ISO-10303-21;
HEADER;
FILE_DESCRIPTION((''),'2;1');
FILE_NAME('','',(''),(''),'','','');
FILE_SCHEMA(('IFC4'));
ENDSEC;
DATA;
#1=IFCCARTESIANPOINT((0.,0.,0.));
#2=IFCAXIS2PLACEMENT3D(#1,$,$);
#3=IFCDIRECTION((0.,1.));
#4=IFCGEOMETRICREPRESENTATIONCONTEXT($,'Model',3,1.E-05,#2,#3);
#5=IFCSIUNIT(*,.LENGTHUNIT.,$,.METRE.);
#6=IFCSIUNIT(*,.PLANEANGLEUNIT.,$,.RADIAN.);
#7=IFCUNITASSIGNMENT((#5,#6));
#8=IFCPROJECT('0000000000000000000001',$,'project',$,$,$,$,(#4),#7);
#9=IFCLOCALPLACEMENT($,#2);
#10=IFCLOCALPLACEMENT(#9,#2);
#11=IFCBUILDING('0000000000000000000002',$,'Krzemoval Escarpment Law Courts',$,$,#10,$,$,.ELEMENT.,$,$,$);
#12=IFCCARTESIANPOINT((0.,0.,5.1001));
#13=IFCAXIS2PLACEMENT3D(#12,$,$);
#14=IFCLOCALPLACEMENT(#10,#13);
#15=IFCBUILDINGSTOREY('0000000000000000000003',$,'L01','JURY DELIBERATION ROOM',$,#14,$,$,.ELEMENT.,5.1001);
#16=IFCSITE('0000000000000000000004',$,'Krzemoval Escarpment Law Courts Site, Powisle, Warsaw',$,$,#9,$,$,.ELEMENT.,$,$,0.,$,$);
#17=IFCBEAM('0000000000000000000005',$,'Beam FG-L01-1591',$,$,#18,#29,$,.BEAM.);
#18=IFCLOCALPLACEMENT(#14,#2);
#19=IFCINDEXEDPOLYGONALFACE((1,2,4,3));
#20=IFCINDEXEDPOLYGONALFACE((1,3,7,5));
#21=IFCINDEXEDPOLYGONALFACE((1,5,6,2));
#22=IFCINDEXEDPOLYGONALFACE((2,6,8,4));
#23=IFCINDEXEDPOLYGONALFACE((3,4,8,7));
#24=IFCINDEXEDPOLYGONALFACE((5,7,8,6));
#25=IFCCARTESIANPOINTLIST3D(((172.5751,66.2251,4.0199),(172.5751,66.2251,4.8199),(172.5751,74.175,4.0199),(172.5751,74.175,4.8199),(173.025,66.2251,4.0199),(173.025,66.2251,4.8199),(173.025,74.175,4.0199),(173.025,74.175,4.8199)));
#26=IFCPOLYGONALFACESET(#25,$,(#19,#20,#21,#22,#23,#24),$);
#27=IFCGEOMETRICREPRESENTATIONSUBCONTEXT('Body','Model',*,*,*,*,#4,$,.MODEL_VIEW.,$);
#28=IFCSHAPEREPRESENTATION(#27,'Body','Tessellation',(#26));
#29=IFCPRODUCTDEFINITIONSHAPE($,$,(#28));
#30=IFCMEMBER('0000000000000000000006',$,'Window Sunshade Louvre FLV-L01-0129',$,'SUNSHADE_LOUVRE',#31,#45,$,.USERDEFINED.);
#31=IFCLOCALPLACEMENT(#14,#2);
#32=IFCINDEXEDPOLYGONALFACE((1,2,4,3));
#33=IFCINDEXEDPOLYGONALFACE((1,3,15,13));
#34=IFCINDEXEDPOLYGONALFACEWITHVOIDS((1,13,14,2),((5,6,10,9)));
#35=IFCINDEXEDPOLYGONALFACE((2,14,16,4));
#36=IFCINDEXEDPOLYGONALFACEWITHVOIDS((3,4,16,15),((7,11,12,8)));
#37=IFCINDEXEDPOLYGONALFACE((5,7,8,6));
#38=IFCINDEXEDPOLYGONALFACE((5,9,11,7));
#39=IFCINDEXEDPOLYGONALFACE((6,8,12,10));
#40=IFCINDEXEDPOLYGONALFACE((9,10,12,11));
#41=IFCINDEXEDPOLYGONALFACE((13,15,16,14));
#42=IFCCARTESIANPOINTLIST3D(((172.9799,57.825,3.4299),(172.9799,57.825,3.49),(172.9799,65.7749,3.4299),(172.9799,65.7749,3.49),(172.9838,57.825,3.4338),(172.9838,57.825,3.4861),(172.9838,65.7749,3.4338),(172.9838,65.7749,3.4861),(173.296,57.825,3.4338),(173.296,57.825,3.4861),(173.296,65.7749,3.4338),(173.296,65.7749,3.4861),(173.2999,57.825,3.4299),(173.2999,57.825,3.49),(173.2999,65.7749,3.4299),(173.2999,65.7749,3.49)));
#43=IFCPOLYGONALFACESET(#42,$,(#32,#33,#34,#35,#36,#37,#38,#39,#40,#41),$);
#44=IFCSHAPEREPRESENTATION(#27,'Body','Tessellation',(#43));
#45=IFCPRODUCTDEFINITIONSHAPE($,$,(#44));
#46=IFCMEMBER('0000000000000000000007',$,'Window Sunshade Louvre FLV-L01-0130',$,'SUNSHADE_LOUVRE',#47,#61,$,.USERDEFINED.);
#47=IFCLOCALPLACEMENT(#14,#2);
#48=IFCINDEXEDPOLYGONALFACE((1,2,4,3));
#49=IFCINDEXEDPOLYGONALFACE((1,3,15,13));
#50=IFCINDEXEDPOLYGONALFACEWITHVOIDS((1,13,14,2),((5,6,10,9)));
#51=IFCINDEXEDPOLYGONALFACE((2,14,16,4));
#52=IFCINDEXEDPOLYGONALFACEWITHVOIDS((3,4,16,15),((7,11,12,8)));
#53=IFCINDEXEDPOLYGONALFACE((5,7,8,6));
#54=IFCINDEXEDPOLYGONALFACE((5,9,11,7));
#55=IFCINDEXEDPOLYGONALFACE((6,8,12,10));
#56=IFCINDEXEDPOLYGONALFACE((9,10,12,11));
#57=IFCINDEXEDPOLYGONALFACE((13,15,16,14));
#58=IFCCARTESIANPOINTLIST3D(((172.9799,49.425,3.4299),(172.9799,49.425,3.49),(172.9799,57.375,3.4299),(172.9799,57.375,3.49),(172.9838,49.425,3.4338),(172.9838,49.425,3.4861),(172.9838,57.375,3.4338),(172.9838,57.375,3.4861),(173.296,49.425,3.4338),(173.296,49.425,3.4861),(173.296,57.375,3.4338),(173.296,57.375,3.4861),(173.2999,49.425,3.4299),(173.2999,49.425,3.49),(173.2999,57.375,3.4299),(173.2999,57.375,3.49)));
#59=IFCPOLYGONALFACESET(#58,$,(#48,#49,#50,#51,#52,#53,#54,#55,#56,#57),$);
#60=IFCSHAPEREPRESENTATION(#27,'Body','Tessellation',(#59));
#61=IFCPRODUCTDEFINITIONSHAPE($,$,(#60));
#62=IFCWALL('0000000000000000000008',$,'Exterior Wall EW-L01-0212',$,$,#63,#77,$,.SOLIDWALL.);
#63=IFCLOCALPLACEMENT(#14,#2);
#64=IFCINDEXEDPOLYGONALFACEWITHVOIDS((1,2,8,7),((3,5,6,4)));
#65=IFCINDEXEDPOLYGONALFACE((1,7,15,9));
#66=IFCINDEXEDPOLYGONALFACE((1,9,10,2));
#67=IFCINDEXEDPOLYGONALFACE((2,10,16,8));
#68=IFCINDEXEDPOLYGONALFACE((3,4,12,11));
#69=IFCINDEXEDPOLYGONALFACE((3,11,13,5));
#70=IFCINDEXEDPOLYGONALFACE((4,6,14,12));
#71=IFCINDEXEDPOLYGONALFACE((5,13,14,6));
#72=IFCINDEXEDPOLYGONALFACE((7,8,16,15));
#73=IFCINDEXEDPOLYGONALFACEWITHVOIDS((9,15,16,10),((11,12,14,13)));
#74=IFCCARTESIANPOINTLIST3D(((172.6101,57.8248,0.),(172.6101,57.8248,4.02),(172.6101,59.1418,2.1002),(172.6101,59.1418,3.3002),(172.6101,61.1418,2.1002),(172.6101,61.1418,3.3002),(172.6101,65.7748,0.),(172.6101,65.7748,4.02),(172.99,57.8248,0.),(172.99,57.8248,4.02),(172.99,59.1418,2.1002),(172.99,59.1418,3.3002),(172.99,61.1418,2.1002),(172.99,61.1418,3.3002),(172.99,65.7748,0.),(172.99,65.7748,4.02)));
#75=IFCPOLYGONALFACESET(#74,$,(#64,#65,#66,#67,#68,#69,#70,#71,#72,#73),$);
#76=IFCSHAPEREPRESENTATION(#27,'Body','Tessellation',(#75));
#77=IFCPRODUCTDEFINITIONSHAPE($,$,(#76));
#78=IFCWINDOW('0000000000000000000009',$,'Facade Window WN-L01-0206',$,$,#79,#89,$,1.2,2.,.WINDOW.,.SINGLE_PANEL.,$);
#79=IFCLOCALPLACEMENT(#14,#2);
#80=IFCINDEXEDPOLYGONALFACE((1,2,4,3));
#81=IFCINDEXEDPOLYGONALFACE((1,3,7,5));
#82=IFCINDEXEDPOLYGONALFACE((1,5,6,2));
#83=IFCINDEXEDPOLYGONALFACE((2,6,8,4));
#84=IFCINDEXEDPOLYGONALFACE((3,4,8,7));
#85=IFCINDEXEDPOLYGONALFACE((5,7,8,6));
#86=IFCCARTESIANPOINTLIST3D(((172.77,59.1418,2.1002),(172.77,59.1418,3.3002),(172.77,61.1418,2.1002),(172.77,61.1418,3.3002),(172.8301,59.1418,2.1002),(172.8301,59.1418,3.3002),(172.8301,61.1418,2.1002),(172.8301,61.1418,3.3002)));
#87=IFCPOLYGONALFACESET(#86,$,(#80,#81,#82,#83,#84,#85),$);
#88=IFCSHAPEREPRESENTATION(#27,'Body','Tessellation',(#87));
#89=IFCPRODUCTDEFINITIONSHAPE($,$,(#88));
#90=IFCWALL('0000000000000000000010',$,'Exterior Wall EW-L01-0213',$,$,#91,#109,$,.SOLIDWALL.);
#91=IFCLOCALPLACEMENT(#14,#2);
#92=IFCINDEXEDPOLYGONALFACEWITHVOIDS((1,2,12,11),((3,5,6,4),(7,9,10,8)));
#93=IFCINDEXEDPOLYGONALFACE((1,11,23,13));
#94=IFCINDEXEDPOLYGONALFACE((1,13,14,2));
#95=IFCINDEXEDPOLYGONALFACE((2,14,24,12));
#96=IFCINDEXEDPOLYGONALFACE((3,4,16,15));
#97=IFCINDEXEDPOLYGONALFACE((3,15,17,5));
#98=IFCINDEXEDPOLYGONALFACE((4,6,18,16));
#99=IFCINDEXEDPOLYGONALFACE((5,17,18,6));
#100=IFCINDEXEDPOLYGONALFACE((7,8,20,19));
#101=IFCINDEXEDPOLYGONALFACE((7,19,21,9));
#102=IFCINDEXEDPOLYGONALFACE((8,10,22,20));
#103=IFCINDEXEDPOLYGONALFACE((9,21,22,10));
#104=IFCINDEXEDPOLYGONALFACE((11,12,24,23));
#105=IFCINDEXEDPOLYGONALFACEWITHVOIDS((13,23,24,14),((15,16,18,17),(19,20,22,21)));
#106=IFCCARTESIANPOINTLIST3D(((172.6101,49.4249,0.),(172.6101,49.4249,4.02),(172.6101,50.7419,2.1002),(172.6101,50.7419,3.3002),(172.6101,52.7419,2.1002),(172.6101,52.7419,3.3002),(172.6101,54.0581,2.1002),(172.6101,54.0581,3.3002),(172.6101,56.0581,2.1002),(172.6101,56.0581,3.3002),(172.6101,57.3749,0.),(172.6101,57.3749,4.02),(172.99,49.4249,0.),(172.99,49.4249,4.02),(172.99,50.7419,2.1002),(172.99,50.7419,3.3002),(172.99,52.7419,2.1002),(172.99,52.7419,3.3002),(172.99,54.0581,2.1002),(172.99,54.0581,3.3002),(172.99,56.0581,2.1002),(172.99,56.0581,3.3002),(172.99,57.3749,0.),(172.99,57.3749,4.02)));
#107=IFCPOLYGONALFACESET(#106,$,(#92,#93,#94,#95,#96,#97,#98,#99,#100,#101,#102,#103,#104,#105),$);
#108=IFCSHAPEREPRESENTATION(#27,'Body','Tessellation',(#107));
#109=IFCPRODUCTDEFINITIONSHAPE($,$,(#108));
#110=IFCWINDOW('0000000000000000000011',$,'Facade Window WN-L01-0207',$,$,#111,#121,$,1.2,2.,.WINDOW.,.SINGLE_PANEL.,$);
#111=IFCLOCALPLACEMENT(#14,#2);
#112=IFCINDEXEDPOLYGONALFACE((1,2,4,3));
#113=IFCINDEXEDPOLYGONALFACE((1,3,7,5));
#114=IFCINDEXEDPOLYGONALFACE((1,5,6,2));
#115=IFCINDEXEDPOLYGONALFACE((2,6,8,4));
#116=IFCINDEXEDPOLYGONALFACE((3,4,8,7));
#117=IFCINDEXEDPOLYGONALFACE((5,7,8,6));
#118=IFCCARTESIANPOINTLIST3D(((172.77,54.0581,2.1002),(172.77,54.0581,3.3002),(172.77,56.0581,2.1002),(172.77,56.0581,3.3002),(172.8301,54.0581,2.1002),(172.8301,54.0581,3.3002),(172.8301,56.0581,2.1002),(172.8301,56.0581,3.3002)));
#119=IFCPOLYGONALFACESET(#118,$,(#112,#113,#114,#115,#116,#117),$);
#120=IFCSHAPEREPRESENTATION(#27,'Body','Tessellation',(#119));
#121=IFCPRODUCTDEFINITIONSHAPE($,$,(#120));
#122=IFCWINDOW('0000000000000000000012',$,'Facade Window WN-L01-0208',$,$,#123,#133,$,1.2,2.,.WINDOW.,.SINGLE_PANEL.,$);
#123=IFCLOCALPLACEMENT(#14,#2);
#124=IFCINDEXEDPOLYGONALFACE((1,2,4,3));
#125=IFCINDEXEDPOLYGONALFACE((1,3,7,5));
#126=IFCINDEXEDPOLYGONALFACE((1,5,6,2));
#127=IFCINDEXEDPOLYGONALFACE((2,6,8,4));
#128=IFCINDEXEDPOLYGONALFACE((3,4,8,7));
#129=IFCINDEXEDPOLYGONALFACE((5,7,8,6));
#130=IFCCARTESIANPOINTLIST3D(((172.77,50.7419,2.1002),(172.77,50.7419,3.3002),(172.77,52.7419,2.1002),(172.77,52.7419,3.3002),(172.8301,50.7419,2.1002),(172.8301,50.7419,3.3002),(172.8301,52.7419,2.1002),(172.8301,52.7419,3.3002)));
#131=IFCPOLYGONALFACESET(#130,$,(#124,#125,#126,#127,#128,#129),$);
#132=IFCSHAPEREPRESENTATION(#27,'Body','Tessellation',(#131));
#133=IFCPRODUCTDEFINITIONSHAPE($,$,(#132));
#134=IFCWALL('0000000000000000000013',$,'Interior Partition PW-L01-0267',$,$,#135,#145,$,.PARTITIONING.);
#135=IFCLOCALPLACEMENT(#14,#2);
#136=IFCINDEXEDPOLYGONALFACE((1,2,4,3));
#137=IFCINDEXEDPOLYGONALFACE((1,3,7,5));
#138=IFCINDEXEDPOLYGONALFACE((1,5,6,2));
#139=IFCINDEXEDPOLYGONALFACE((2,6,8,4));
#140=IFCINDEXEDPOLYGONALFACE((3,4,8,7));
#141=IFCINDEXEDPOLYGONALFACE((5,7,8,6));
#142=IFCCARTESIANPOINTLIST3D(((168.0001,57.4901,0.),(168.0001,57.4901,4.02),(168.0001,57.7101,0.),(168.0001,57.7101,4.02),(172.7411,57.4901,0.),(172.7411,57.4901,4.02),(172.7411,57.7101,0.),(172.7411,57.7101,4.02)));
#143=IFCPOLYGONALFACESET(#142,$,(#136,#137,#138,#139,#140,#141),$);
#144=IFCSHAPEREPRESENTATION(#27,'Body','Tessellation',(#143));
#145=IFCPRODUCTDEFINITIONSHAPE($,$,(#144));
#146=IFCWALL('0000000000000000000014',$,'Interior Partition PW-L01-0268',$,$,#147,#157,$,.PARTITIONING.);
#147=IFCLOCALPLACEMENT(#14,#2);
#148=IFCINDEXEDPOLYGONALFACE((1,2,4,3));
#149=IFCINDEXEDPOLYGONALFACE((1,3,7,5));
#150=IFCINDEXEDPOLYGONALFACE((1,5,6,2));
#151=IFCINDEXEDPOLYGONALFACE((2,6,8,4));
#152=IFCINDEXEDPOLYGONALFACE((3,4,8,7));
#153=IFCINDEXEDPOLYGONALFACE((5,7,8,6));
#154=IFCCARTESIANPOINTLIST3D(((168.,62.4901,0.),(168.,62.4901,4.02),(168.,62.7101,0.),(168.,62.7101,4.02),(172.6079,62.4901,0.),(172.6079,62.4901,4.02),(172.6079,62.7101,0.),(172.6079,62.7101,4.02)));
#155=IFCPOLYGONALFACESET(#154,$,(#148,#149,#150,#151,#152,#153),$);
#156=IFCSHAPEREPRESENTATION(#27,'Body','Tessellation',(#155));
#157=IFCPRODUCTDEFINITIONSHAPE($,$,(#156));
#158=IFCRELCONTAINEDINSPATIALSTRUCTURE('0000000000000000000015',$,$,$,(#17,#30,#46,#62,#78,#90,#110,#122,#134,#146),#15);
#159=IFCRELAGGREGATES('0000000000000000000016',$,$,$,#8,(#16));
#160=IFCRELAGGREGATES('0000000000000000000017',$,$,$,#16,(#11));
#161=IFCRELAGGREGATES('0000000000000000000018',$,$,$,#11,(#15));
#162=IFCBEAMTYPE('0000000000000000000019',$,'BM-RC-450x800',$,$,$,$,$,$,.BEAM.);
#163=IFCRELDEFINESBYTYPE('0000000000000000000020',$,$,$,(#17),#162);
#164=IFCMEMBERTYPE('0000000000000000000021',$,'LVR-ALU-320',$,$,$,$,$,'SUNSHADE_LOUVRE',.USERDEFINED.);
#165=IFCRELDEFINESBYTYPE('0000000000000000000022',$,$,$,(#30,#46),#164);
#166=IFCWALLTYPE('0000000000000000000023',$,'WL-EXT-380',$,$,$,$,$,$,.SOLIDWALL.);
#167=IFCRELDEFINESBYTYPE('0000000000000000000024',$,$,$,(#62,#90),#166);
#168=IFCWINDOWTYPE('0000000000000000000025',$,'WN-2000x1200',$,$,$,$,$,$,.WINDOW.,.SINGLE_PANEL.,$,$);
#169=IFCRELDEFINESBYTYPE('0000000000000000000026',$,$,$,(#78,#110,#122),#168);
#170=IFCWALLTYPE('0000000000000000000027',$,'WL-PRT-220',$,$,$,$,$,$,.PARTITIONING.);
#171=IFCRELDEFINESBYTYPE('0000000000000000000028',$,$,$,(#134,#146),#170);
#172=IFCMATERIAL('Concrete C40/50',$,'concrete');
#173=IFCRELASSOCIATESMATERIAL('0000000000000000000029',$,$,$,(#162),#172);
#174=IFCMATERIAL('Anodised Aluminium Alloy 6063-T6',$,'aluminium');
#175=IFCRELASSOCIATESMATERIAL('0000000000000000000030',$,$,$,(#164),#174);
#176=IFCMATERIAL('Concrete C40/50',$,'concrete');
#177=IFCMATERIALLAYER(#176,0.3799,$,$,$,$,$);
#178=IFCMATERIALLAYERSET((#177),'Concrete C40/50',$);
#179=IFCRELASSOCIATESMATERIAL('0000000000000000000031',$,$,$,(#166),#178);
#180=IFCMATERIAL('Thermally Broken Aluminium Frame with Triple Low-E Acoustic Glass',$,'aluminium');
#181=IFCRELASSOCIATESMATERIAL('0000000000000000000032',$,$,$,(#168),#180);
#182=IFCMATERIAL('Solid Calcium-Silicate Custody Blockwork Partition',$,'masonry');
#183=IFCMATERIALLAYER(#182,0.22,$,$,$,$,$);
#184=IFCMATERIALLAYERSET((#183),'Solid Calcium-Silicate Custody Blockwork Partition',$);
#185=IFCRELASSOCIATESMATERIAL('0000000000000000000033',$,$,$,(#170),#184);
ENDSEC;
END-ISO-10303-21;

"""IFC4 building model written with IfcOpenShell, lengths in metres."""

from ifc_helpers import new_model, si_unit, direction, frame, frame_2d, origin, origin_2d, place, context, subcontext, project, spatial, rectangle, hollow_rectangle, extrude, material, layer, layer_set, material_profile, profile_set, type_object, element, fill, save


model = new_model("IFC4")

# Units and contexts
model_context = context("Model", 3, precision=1e-05, world=origin(), true_north=direction((0.0, 1.0)))
body_context = subcontext(model_context, "Body", "Model", "MODEL_VIEW")
ifc_project = project(units=[si_unit("LENGTHUNIT", "METRE"), si_unit("PLANEANGLEUNIT", "RADIAN")], contexts=[model_context])

# Site, building, storey
site_placement = place(None, origin())
site = spatial("IfcSite", under=ifc_project, at=site_placement, Name="Krzemoval Escarpment Law Courts Site, Powisle, Warsaw", CompositionType="ELEMENT", RefElevation=0.0)
building_placement = place(site_placement, origin())
building = spatial("IfcBuilding", under=site, at=building_placement, Name="Krzemoval Escarpment Law Courts", CompositionType="ELEMENT")
storey_placement = place(building_placement, frame((0.0, 0.0, 5.1001)))
storey = spatial("IfcBuildingStorey", under=building, at=storey_placement, Name="L01", Description="JURY DELIBERATION ROOM", CompositionType="ELEMENT", Elevation=5.1001)

# Beam
ifc_material_1 = material(Name="Concrete C40/50", Category="concrete")
ifc_material_profile_1 = material_profile(ifc_material_1, rectangle(XDim=0.45, YDim=0.8, at=origin_2d()), Name="RCB 450x800")
ifc_profile_set_1 = profile_set([ifc_material_profile_1], Name="Concrete C40/50")
beam_type_1 = type_object("IfcBeamType", Name="BM-RC-450x800", PredefinedType="BEAM", material=ifc_profile_set_1)
for number, where, z_axis, x_axis, name in (
    (1, (172.8, 66.2251, 4.4199), (0.0, 1.0, 0.0), (-1.0, 0.0, 0.0), "Beam FG-L01-1591"),
):
    element("IfcBeam", number, at=place(storey_placement, frame(where, z_axis=z_axis, x_axis=x_axis)), inside=storey, type_object=beam_type_1, Name=name, PredefinedType="BEAM", context=body_context, shape_type="SweptSolid", body=[
        extrude(rectangle(XDim=0.45, YDim=0.8, at=origin_2d()), origin(), (0.0, 0.0, 1.0), 7.95),
    ])

# Members
ifc_material_2 = material(Name="Anodised Aluminium Alloy 6063-T6", Category="aluminium")
ifc_material_profile_2 = material_profile(ifc_material_2, hollow_rectangle(XDim=0.0601, YDim=0.3201, WallThickness=0.0039, at=origin_2d()), Name="ALU LVR 60x320")
ifc_profile_set_2 = profile_set([ifc_material_profile_2], Name="Anodised Aluminium Alloy 6063-T6")
member_type = type_object("IfcMemberType", Name="LVR-ALU-320", ElementType="SUNSHADE_LOUVRE", PredefinedType="USERDEFINED", material=ifc_profile_set_2)
for number, where, z_axis, x_axis, name in (
    (2, (173.1399, 65.7749, 3.46), (0.0, -1.0, 0.0), (0.0, 0.0, 1.0), "Window Sunshade Louvre FLV-L01-0129"),
    (3, (173.1399, 57.375, 3.46), (0.0, -1.0, 0.0), (0.0, 0.0, 1.0), "Window Sunshade Louvre FLV-L01-0130"),
):
    element("IfcMember", number, at=place(storey_placement, frame(where, z_axis=z_axis, x_axis=x_axis)), inside=storey, type_object=member_type, Name=name, ObjectType="SUNSHADE_LOUVRE", PredefinedType="USERDEFINED", context=body_context, shape_type="SweptSolid", body=[
        extrude(hollow_rectangle(XDim=0.0601, YDim=0.3201, WallThickness=0.0039, at=origin_2d()), origin(), (0.0, 0.0, 1.0), 7.95),
    ])

# Wall, opening, window
ifc_material_3 = material(Name="Concrete C40/50", Category="concrete")
ifc_layer_1 = layer(ifc_material_3, 0.3799)
ifc_layer_set_1 = layer_set([ifc_layer_1], Name="Concrete C40/50")
wall_type_1 = type_object("IfcWallType", Name="WL-EXT-380", PredefinedType="SOLIDWALL", material=ifc_layer_set_1)
wall_1_placement = place(storey_placement, frame((172.8, 65.7749, 0.0), z_axis=(0.0, 0.0, 1.0), x_axis=(0.0, -1.0, 0.0)))
wall_1 = element("IfcWall", 4, at=wall_1_placement, inside=storey, type_object=wall_type_1, Name="Exterior Wall EW-L01-0212", PredefinedType="SOLIDWALL", context=body_context, shape_type="SweptSolid", body=[
    extrude(rectangle(XDim=7.95, YDim=0.3799, at=frame_2d((3.9751, 0.0))), origin(), (0.0, 0.0, 1.0), 4.02),
])
opening_1_placement = place(wall_1_placement, frame((4.6331, 0.0, 2.1001)))
opening_1 = element("IfcOpeningElement", 5, at=opening_1_placement, cuts=wall_1, PredefinedType="OPENING", context=body_context, shape_type="SweptSolid", body=[
    extrude(rectangle(XDim=2.0, YDim=1.2, at=frame_2d((1.0, 0.6001))), frame((0.0, 0.2049, 0.0), z_axis=(0.0, -1.0, 0.0), x_axis=(1.0, 0.0, 0.0)), (0.0, 0.0, 1.0), 0.4099),
])
ifc_material_4 = material(Name="Thermally Broken Aluminium Frame with Triple Low-E Acoustic Glass", Category="aluminium")
window_type = type_object("IfcWindowType", Name="WN-2000x1200", PartitioningType="SINGLE_PANEL", PredefinedType="WINDOW", material=ifc_material_4)
window_1_placement = place(opening_1_placement, origin())
window_1 = element("IfcWindow", 6, at=window_1_placement, inside=storey, type_object=window_type, Name="Facade Window WN-L01-0206", OverallHeight=1.2, OverallWidth=2.0, PartitioningType="SINGLE_PANEL", PredefinedType="WINDOW", context=body_context, shape_type="SweptSolid", body=[
    extrude(rectangle(XDim=2.0, YDim=1.2, at=frame_2d((1.0, 0.6001))), frame((0.0, 0.03, 0.0), z_axis=(0.0, -1.0, 0.0), x_axis=(1.0, 0.0, 0.0)), (0.0, 0.0, 1.0), 0.0601),
])
fill(opening_1, window_1)

# Wall, openings, windows
wall_2_placement = place(storey_placement, frame((172.8, 57.375, 0.0), z_axis=(0.0, 0.0, 1.0), x_axis=(0.0, -1.0, 0.0)))
wall_2 = element("IfcWall", 7, at=wall_2_placement, inside=storey, type_object=wall_type_1, Name="Exterior Wall EW-L01-0213", PredefinedType="SOLIDWALL", context=body_context, shape_type="SweptSolid", body=[
    extrude(rectangle(XDim=7.95, YDim=0.3799, at=frame_2d((3.9751, 0.0))), origin(), (0.0, 0.0, 1.0), 4.02),
])
opening_2_placement = place(wall_2_placement, frame((1.3169, 0.0, 2.1001)))
opening_2 = element("IfcOpeningElement", 8, at=opening_2_placement, cuts=wall_2, PredefinedType="OPENING", context=body_context, shape_type="SweptSolid", body=[
    extrude(rectangle(XDim=2.0, YDim=1.2, at=frame_2d((1.0, 0.6001))), frame((0.0, 0.2049, 0.0), z_axis=(0.0, -1.0, 0.0), x_axis=(1.0, 0.0, 0.0)), (0.0, 0.0, 1.0), 0.4099),
])
opening_3_placement = place(wall_2_placement, frame((4.6331, 0.0, 2.1001)))
opening_3 = element("IfcOpeningElement", 9, at=opening_3_placement, cuts=wall_2, PredefinedType="OPENING", context=body_context, shape_type="SweptSolid", body=[
    extrude(rectangle(XDim=2.0, YDim=1.2, at=frame_2d((1.0, 0.6001))), frame((0.0, 0.2049, 0.0), z_axis=(0.0, -1.0, 0.0), x_axis=(1.0, 0.0, 0.0)), (0.0, 0.0, 1.0), 0.4099),
])
window_2_placement = place(opening_2_placement, origin())
window_2 = element("IfcWindow", 10, at=window_2_placement, inside=storey, type_object=window_type, Name="Facade Window WN-L01-0207", OverallHeight=1.2, OverallWidth=2.0, PartitioningType="SINGLE_PANEL", PredefinedType="WINDOW", context=body_context, shape_type="SweptSolid", body=[
    extrude(rectangle(XDim=2.0, YDim=1.2, at=frame_2d((1.0, 0.6001))), frame((0.0, 0.03, 0.0), z_axis=(0.0, -1.0, 0.0), x_axis=(1.0, 0.0, 0.0)), (0.0, 0.0, 1.0), 0.0601),
])
fill(opening_2, window_2)
window_3_placement = place(opening_3_placement, origin())
window_3 = element("IfcWindow", 11, at=window_3_placement, inside=storey, type_object=window_type, Name="Facade Window WN-L01-0208", OverallHeight=1.2, OverallWidth=2.0, PartitioningType="SINGLE_PANEL", PredefinedType="WINDOW", context=body_context, shape_type="SweptSolid", body=[
    extrude(rectangle(XDim=2.0, YDim=1.2, at=frame_2d((1.0, 0.6001))), frame((0.0, 0.03, 0.0), z_axis=(0.0, -1.0, 0.0), x_axis=(1.0, 0.0, 0.0)), (0.0, 0.0, 1.0), 0.0601),
])
fill(opening_3, window_3)

# Walls
ifc_material_5 = material(Name="Solid Calcium-Silicate Custody Blockwork Partition", Category="masonry")
ifc_layer_2 = layer(ifc_material_5, 0.22)
ifc_layer_set_2 = layer_set([ifc_layer_2], Name="Solid Calcium-Silicate Custody Blockwork Partition")
wall_type_2 = type_object("IfcWallType", Name="WL-PRT-220", PredefinedType="PARTITIONING", material=ifc_layer_set_2)
wall_3_placement = place(storey_placement, frame((168.0, 57.6001, 0.0), z_axis=(0.0, 0.0, 1.0), x_axis=(1.0, 0.0, 0.0)))
element("IfcWall", 12, at=wall_3_placement, inside=storey, type_object=wall_type_2, Name="Interior Partition PW-L01-0267", PredefinedType="PARTITIONING", context=body_context, shape_type="SweptSolid", body=[
    extrude(rectangle(XDim=4.741, YDim=0.22, at=frame_2d((2.3706, 0.0))), origin(), (0.0, 0.0, 1.0), 4.02),
])
wall_4_placement = place(storey_placement, frame((168.0, 62.6001, 0.0), z_axis=(0.0, 0.0, 1.0), x_axis=(1.0, 0.0, 0.0)))
element("IfcWall", 13, at=wall_4_placement, inside=storey, type_object=wall_type_2, Name="Interior Partition PW-L01-0268", PredefinedType="PARTITIONING", context=body_context, shape_type="SweptSolid", body=[
    extrude(rectangle(XDim=4.6079, YDim=0.22, at=frame_2d((2.304, 0.0))), origin(), (0.0, 0.0, 1.0), 4.02),
])

save(model, "model.ifc")
